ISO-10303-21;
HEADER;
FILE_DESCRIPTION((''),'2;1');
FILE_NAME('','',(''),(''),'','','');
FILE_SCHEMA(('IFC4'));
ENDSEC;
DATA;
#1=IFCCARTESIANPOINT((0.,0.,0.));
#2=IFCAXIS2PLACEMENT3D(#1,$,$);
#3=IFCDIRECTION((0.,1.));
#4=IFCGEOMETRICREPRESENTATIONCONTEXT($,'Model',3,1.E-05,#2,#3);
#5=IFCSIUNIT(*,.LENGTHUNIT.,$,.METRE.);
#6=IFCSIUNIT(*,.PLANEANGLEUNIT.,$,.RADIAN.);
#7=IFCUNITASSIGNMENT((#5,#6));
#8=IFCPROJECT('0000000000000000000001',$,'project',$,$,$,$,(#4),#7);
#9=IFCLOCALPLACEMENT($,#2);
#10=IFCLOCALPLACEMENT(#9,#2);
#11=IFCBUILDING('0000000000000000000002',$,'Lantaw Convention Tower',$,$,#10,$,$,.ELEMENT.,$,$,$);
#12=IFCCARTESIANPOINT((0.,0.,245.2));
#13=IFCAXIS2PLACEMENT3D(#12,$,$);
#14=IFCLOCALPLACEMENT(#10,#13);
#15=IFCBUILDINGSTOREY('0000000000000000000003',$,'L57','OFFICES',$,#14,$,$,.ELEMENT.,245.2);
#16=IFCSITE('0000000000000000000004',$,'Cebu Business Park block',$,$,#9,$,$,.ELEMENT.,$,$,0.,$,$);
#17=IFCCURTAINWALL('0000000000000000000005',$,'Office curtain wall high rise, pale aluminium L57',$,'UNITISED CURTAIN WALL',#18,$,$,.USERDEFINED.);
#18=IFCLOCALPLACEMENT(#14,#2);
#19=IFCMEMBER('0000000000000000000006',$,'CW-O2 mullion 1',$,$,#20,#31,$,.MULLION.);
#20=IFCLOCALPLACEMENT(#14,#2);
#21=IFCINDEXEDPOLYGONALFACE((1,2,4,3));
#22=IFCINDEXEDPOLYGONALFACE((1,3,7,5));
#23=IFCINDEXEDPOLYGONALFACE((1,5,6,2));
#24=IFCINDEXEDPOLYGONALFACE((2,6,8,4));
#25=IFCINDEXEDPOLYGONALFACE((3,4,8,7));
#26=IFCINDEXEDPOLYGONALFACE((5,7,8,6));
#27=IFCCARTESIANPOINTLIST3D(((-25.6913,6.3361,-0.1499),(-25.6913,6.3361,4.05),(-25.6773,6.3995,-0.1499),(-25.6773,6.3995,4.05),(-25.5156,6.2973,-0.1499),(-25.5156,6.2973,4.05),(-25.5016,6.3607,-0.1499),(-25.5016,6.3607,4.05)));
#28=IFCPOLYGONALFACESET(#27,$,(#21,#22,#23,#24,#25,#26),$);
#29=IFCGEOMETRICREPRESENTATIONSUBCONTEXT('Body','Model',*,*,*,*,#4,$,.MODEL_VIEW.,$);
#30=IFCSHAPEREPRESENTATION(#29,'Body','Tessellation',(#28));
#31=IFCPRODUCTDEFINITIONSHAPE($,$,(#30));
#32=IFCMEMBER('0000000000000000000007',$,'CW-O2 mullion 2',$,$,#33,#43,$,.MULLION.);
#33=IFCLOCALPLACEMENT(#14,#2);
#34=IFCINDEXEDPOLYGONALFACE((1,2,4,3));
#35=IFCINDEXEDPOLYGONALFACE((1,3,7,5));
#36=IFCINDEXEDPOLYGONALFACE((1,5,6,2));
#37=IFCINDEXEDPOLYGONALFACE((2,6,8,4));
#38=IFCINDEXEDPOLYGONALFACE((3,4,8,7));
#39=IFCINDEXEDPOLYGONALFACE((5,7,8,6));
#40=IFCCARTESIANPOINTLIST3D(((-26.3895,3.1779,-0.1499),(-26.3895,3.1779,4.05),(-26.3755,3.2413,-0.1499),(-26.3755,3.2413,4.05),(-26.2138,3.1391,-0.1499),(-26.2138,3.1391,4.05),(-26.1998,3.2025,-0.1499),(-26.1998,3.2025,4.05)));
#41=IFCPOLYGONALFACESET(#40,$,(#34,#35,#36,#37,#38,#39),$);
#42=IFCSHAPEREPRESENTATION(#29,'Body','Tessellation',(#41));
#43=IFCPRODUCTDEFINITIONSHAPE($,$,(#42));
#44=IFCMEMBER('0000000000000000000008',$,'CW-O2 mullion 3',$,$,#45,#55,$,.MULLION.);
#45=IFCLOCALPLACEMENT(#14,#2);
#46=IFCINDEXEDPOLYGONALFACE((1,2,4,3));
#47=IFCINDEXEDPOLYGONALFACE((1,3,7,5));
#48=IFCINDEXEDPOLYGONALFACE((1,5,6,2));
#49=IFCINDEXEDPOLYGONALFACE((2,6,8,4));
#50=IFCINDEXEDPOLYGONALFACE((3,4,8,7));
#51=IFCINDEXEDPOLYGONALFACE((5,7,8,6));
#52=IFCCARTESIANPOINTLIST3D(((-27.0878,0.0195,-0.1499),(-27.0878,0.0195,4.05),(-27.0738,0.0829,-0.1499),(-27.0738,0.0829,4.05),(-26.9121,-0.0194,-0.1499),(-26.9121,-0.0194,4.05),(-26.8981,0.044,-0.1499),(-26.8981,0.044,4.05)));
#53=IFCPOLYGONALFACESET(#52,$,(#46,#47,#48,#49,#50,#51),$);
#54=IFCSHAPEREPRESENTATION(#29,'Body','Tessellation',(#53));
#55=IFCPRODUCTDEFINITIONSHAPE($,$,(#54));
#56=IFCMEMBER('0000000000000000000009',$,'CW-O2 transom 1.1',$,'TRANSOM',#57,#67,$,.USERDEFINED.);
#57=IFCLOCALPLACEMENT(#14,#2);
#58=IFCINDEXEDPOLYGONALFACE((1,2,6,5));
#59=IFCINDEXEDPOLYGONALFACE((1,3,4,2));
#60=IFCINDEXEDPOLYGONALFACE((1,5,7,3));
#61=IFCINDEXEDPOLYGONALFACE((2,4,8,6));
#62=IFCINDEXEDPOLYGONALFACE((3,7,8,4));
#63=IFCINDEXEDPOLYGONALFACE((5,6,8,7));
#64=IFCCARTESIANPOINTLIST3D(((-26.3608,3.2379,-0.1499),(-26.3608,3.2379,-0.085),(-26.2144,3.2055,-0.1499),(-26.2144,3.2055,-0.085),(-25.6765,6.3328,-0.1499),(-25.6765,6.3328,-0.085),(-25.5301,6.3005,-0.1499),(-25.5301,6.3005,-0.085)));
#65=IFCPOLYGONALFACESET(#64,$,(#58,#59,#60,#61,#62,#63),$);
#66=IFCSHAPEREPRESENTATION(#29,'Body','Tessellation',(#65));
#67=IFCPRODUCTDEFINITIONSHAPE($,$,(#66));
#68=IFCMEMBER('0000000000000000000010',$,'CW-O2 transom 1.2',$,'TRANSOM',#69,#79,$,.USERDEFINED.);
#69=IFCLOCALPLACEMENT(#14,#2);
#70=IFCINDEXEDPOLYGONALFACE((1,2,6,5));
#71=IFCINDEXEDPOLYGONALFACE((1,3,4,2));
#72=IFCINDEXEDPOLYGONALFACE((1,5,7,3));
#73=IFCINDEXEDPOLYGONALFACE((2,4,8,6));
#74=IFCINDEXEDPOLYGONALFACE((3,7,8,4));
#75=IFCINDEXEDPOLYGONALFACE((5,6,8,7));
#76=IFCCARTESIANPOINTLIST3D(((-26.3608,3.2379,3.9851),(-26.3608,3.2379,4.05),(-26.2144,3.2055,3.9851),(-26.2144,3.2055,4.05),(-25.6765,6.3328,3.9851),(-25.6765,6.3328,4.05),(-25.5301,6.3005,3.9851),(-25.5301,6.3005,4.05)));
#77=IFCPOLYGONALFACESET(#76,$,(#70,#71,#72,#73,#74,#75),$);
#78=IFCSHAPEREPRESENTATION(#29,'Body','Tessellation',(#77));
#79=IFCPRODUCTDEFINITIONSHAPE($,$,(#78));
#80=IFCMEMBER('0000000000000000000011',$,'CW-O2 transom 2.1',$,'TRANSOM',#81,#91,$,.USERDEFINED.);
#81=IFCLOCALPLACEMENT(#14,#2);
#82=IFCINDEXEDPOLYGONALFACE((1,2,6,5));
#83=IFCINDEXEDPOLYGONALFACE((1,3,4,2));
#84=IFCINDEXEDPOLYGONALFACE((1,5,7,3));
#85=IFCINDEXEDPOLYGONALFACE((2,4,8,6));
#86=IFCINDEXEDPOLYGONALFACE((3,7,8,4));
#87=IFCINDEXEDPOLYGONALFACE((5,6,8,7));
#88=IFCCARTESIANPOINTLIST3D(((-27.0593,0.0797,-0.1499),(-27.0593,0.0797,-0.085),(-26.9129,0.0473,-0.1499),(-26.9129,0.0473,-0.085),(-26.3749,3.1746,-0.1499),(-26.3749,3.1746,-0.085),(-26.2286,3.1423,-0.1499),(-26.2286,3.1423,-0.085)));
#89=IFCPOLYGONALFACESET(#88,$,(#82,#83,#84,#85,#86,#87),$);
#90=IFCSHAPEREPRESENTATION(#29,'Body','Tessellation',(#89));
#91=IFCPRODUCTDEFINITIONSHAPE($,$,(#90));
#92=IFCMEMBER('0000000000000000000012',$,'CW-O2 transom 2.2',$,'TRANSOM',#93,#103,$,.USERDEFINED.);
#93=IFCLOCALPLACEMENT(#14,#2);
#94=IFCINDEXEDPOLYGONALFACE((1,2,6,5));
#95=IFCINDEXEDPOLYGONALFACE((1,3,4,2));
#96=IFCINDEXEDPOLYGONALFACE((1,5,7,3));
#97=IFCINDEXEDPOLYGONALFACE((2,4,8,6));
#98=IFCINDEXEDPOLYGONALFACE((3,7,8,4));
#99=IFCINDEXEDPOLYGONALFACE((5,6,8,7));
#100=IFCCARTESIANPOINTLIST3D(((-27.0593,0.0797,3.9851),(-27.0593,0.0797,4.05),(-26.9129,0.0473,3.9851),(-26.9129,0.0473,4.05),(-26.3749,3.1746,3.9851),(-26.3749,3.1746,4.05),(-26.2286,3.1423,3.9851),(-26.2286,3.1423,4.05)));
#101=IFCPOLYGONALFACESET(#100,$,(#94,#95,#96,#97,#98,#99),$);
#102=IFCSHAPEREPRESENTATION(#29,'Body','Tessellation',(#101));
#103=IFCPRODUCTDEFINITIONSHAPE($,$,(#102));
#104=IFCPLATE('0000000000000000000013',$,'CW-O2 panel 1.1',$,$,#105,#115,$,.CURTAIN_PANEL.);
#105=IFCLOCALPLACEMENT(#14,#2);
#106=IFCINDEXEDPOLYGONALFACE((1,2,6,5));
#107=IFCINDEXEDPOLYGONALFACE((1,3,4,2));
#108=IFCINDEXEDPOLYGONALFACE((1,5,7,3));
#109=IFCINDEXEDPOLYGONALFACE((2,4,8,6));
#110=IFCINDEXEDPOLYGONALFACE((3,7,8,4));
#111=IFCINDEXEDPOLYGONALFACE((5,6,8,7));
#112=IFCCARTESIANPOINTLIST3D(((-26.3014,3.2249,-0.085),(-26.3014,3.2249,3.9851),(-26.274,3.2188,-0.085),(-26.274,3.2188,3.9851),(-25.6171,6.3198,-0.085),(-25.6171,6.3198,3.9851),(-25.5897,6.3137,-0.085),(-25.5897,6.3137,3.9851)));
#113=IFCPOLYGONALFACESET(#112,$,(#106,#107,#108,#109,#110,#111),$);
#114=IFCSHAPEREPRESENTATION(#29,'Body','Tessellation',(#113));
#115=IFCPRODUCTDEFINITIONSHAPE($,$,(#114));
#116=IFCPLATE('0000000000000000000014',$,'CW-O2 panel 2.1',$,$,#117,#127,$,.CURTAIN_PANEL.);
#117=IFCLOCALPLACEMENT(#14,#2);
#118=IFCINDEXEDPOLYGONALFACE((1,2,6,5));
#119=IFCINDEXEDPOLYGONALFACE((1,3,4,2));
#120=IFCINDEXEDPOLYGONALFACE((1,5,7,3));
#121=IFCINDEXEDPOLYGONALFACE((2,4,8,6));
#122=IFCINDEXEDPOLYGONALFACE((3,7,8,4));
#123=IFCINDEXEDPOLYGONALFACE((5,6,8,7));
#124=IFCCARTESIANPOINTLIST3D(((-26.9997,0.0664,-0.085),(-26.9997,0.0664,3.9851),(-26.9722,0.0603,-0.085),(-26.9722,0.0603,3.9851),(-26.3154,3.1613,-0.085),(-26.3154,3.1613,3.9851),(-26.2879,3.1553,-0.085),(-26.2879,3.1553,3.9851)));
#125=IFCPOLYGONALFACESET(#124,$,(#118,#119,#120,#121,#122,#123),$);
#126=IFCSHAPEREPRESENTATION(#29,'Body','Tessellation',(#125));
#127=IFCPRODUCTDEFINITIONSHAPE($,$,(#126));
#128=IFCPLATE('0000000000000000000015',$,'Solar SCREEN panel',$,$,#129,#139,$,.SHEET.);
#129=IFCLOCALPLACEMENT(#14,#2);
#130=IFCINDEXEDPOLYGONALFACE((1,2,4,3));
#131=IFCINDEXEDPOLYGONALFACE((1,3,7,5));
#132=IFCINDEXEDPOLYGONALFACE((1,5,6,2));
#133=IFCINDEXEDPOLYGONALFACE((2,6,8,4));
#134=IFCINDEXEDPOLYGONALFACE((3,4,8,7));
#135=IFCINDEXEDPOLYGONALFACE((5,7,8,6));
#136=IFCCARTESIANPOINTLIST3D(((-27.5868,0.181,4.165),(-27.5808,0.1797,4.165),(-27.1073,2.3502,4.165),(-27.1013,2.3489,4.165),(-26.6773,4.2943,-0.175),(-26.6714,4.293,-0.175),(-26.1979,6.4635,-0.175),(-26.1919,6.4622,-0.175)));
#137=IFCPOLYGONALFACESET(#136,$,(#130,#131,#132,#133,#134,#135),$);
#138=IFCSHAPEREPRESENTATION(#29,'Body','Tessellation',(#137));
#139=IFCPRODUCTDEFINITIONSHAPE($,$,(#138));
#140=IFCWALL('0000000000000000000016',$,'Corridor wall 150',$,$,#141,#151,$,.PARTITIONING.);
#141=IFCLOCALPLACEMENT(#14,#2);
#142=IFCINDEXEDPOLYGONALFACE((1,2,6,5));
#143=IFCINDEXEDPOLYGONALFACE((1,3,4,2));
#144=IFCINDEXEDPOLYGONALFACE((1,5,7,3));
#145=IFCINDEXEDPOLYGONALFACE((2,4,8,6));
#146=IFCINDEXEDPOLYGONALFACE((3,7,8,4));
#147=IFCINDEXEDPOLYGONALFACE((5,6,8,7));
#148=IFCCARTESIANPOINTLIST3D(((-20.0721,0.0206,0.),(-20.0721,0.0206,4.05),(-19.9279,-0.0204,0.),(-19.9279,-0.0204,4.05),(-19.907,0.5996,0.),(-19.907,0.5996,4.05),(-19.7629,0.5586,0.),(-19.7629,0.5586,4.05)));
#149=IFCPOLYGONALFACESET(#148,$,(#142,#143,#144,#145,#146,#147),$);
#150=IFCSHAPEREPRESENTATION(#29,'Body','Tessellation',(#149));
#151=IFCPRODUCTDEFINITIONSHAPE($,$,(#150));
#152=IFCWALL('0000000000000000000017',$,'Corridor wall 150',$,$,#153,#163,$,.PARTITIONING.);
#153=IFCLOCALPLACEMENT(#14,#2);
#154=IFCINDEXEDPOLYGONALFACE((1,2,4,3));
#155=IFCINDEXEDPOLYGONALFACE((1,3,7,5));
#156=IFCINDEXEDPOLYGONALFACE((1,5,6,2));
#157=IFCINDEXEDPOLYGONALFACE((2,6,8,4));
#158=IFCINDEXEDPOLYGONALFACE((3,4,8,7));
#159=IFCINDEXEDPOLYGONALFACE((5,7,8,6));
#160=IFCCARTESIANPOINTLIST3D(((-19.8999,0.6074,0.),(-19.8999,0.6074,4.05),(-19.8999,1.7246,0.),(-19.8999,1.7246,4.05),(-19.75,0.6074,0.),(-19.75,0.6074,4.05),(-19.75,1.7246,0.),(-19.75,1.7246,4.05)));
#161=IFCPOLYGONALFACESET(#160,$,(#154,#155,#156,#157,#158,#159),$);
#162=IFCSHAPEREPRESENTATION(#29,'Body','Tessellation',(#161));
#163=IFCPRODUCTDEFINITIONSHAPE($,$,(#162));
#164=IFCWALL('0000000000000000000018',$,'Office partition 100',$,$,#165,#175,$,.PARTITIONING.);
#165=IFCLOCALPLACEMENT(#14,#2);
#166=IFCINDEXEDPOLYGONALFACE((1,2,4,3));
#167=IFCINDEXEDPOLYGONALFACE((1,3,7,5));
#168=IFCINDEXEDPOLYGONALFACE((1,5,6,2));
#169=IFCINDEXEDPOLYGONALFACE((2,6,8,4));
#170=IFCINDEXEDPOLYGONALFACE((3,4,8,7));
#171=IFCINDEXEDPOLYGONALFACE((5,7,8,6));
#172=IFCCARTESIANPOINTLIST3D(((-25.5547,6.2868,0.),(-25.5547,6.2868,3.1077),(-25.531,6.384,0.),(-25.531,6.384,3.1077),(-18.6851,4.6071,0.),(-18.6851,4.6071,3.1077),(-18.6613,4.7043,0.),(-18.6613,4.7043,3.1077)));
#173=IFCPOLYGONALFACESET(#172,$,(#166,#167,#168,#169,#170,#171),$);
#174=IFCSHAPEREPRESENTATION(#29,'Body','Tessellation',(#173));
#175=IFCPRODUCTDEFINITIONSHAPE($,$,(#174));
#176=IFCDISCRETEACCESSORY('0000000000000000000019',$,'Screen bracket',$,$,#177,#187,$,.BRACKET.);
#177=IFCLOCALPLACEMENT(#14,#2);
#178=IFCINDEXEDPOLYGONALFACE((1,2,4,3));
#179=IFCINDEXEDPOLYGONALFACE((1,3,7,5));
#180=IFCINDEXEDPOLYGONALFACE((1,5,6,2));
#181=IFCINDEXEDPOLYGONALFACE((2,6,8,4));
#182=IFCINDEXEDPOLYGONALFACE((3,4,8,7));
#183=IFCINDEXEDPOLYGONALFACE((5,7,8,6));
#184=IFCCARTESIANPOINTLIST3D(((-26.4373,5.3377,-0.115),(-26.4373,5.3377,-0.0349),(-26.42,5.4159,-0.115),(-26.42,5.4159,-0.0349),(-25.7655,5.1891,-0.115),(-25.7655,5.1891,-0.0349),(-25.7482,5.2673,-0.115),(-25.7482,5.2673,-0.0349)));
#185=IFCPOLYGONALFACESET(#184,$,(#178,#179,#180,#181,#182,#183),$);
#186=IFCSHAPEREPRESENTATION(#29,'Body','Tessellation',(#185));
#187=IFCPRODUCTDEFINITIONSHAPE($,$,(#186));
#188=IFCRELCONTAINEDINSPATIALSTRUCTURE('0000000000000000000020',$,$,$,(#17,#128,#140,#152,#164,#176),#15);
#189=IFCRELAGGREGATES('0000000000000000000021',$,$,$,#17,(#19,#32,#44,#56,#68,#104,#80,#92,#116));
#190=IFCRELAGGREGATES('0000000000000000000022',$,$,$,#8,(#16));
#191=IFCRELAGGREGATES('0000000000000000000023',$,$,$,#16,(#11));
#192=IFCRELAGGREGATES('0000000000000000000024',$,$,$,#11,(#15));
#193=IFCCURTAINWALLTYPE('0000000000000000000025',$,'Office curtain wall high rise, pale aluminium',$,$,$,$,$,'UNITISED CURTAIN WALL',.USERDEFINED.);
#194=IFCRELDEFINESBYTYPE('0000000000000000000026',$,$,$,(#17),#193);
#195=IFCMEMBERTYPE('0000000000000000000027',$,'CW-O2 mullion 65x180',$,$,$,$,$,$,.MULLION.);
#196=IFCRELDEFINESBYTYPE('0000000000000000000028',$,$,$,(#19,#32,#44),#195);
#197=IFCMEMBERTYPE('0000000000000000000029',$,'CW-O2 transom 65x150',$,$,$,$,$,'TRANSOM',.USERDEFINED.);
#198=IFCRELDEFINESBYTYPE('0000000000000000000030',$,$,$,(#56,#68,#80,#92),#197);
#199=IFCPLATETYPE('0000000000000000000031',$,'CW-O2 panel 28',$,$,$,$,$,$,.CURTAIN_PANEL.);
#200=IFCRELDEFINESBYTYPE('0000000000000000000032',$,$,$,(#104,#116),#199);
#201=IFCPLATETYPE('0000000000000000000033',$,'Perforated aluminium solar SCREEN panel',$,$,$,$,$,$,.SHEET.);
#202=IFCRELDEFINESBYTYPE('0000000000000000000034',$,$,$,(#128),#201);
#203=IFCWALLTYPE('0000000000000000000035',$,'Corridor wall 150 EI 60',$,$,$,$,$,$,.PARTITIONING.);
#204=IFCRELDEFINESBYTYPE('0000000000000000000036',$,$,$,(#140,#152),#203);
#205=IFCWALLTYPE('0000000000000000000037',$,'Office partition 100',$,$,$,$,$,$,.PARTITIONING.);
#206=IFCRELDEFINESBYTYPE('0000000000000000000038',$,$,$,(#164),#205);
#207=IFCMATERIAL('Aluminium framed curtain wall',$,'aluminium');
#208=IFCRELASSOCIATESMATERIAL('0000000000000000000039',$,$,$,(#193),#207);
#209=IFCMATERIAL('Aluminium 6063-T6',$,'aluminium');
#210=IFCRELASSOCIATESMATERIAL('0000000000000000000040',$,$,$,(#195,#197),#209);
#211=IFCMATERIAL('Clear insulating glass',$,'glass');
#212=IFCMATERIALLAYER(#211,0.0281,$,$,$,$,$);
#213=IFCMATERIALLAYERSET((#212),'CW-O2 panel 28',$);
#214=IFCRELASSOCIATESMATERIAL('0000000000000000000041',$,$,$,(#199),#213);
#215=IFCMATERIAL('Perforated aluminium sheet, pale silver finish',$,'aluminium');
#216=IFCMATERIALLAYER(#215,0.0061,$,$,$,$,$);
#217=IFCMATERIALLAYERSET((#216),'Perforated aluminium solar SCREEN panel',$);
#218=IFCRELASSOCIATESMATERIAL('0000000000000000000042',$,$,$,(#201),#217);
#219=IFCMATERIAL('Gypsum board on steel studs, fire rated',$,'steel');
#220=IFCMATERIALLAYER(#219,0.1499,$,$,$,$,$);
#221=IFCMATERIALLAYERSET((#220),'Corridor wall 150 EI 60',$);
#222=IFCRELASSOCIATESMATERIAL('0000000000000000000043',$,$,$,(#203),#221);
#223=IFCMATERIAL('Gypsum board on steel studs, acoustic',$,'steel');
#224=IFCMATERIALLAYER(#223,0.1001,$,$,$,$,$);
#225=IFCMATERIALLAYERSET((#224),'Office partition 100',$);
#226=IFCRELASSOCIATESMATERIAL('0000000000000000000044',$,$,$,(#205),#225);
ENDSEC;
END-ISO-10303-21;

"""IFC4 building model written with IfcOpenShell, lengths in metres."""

from ifc_helpers import new_model, si_unit, direction, frame, frame_2d, origin, origin_2d, place, context, subcontext, project, spatial, polyline, rectangle, outline, extrude, material, layer, layer_set, material_profile, profile_set, type_object, element, aggregate, save


model = new_model("IFC4")

# Units and contexts
model_context = context("Model", 3, precision=1e-05, world=origin(), true_north=direction((0.0, 1.0)))
body_context = subcontext(model_context, "Body", "Model", "MODEL_VIEW")
ifc_project = project(units=[si_unit("LENGTHUNIT", "METRE"), si_unit("PLANEANGLEUNIT", "RADIAN")], contexts=[model_context])

# Site, building, storey
site_placement = place(None, origin())
site = spatial("IfcSite", under=ifc_project, at=site_placement, Name="Cebu Business Park block", CompositionType="ELEMENT", RefElevation=0.0)
building_placement = place(site_placement, origin())
building = spatial("IfcBuilding", under=site, at=building_placement, Name="Lantaw Convention Tower", CompositionType="ELEMENT")
storey_placement = place(building_placement, frame((0.0, 0.0, 245.2)))
storey = spatial("IfcBuildingStorey", under=building, at=storey_placement, Name="L57", Description="OFFICES", CompositionType="ELEMENT", Elevation=245.2)

# Shared definitions
ifc_material_1 = material(Name="Aluminium framed curtain wall", Category="aluminium")
curtain_wall_type = type_object("IfcCurtainWallType", Name="Office curtain wall high rise, pale aluminium", ElementType="UNITISED CURTAIN WALL", PredefinedType="USERDEFINED", material=ifc_material_1)
ifc_material_2 = material(Name="Aluminium 6063-T6", Category="aluminium")
ifc_material_profile_1 = material_profile(ifc_material_2, rectangle(XDim=0.1799, YDim=0.0649, at=origin_2d()), Name="CW-O2 mullion 65x180")
ifc_profile_set_1 = profile_set([ifc_material_profile_1], Name="Aluminium 6063-T6")
member_type_1 = type_object("IfcMemberType", Name="CW-O2 mullion 65x180", PredefinedType="MULLION", material=ifc_profile_set_1)

# Curtain wall, members, plates
curtain_wall_1_placement = place(storey_placement, origin())
curtain_wall_1 = element("IfcCurtainWall", 1, at=curtain_wall_1_placement, inside=storey, type_object=curtain_wall_type, Name="Office curtain wall high rise, pale aluminium L57", ObjectType="UNITISED CURTAIN WALL", PredefinedType="USERDEFINED")
member_1_placement = place(storey_placement, frame((-25.5964, 6.3484, -0.1499), z_axis=(0.0, 0.0, 1.0), x_axis=(0.976417, -0.215891, 0.0)))
member_1 = element("IfcMember", 2, at=member_1_placement, type_object=member_type_1, Name="CW-O2 mullion 1", PredefinedType="MULLION", context=body_context, shape_type="SweptSolid", body=[
    extrude(rectangle(XDim=0.1799, YDim=0.0649, at=origin_2d()), origin(), (0.0, 0.0, 1.0), 4.2),
])
member_2_placement = place(storey_placement, frame((-26.2947, 3.1902, -0.1499), z_axis=(0.0, 0.0, 1.0), x_axis=(0.976417, -0.215891, 0.0)))
member_2 = element("IfcMember", 3, at=member_2_placement, type_object=member_type_1, Name="CW-O2 mullion 2", PredefinedType="MULLION", context=body_context, shape_type="SweptSolid", body=[
    extrude(rectangle(XDim=0.1799, YDim=0.0649, at=origin_2d()), origin(), (0.0, 0.0, 1.0), 4.2),
])
member_3_placement = place(storey_placement, frame((-26.9929, 0.0317, -0.1499), z_axis=(0.0, 0.0, 1.0), x_axis=(0.976417, -0.215891, 0.0)))
member_3 = element("IfcMember", 4, at=member_3_placement, type_object=member_type_1, Name="CW-O2 mullion 3", PredefinedType="MULLION", context=body_context, shape_type="SweptSolid", body=[
    extrude(rectangle(XDim=0.1799, YDim=0.0649, at=origin_2d()), origin(), (0.0, 0.0, 1.0), 4.2),
])
ifc_material_profile_2 = material_profile(ifc_material_2, rectangle(XDim=0.1499, YDim=0.0649, at=origin_2d()), Name="CW-O2 transom 65x150")
ifc_profile_set_2 = profile_set([ifc_material_profile_2], Name="Aluminium 6063-T6")
member_type_2 = type_object("IfcMemberType", Name="CW-O2 transom 65x150", ElementType="TRANSOM", PredefinedType="USERDEFINED", material=ifc_profile_set_2)
member_4_placement = place(storey_placement, frame((-25.6033, 6.3167, -0.1174), z_axis=(-0.215895, -0.976417, 0.0), x_axis=(0.976417, -0.215895, 0.0)))
member_4 = element("IfcMember", 5, at=member_4_placement, type_object=member_type_2, Name="CW-O2 transom 1.1", ObjectType="TRANSOM", PredefinedType="USERDEFINED", context=body_context, shape_type="SweptSolid", body=[
    extrude(rectangle(XDim=0.1499, YDim=0.0649, at=origin_2d()), origin(), (0.0, 0.0, 1.0), 3.1697),
])
member_5_placement = place(storey_placement, frame((-25.6033, 6.3167, 4.0176), z_axis=(-0.215895, -0.976417, 0.0), x_axis=(0.976417, -0.215895, 0.0)))
member_5 = element("IfcMember", 6, at=member_5_placement, type_object=member_type_2, Name="CW-O2 transom 1.2", ObjectType="TRANSOM", PredefinedType="USERDEFINED", context=body_context, shape_type="SweptSolid", body=[
    extrude(rectangle(XDim=0.1499, YDim=0.0649, at=origin_2d()), origin(), (0.0, 0.0, 1.0), 3.1697),
])
member_6_placement = place(storey_placement, frame((-26.3018, 3.1584, -0.1174), z_axis=(-0.215895, -0.976417, 0.0), x_axis=(0.976417, -0.215895, 0.0)))
member_6 = element("IfcMember", 7, at=member_6_placement, type_object=member_type_2, Name="CW-O2 transom 2.1", ObjectType="TRANSOM", PredefinedType="USERDEFINED", context=body_context, shape_type="SweptSolid", body=[
    extrude(rectangle(XDim=0.1499, YDim=0.0649, at=origin_2d()), origin(), (0.0, 0.0, 1.0), 3.1697),
])
member_7_placement = place(storey_placement, frame((-26.3018, 3.1584, 4.0176), z_axis=(-0.215895, -0.976417, 0.0), x_axis=(0.976417, -0.215895, 0.0)))
member_7 = element("IfcMember", 8, at=member_7_placement, type_object=member_type_2, Name="CW-O2 transom 2.2", ObjectType="TRANSOM", PredefinedType="USERDEFINED", context=body_context, shape_type="SweptSolid", body=[
    extrude(rectangle(XDim=0.1499, YDim=0.0649, at=origin_2d()), origin(), (0.0, 0.0, 1.0), 3.1697),
])
ifc_material_3 = material(Name="Clear insulating glass", Category="glass")
ifc_layer_1 = layer(ifc_material_3, 0.0281)
ifc_layer_set_1 = layer_set([ifc_layer_1], Name="CW-O2 panel 28")
plate_type_1 = type_object("IfcPlateType", Name="CW-O2 panel 28", PredefinedType="CURTAIN_PANEL", material=ifc_layer_set_1)
plate_1_placement = place(storey_placement, frame((-25.9456, 4.7693, -0.085), z_axis=(0.0, 0.0, 1.0), x_axis=(-0.215891, -0.976417, 0.0)))
plate_1 = element("IfcPlate", 9, at=plate_1_placement, type_object=plate_type_1, Name="CW-O2 panel 1.1", PredefinedType="CURTAIN_PANEL", context=body_context, shape_type="SweptSolid", body=[
    extrude(rectangle(XDim=3.1697, YDim=0.0281, at=origin_2d()), origin(), (0.0, 0.0, 1.0), 4.0701),
])
plate_2_placement = place(storey_placement, frame((-26.6438, 1.6108, -0.085), z_axis=(0.0, 0.0, 1.0), x_axis=(-0.215891, -0.976417, 0.0)))
plate_2 = element("IfcPlate", 10, at=plate_2_placement, type_object=plate_type_1, Name="CW-O2 panel 2.1", PredefinedType="CURTAIN_PANEL", context=body_context, shape_type="SweptSolid", body=[
    extrude(rectangle(XDim=3.1697, YDim=0.0281, at=origin_2d()), origin(), (0.0, 0.0, 1.0), 4.0701),
])
aggregate(curtain_wall_1, [member_1, member_2, member_3, member_4, member_5, plate_1, member_6, member_7, plate_2])

# Plate
ifc_material_4 = material(Name="Perforated aluminium sheet, pale silver finish", Category="aluminium")
ifc_layer_2 = layer(ifc_material_4, 0.0061)
ifc_layer_set_2 = layer_set([ifc_layer_2], Name="Perforated aluminium solar SCREEN panel")
plate_type_2 = type_object("IfcPlateType", Name="Perforated aluminium solar SCREEN panel", PredefinedType="SHEET", material=ifc_layer_set_2)
plate_3_placement = place(storey_placement, frame((-26.1919, 6.4622, -0.175), z_axis=(0.97643, -0.215837, 0.000044), x_axis=(-0.215837, -0.97643, 0.0)))
element("IfcPlate", 11, at=plate_3_placement, inside=storey, type_object=plate_type_2, Name="Solar SCREEN panel", PredefinedType="SHEET", context=body_context, shape_type="SweptSolid", body=[
    extrude(outline(polyline([(0.0, 0.0), (2.2216, 0.0), (6.4342, -4.3401), (4.2126, -4.3401), (0.0, 0.0)])), origin(), (0.0, 0.0, -1.0), 0.0061),
])

# Walls
ifc_material_5 = material(Name="Gypsum board on steel studs, fire rated", Category="steel")
ifc_layer_3 = layer(ifc_material_5, 0.1499)
ifc_layer_set_3 = layer_set([ifc_layer_3], Name="Corridor wall 150 EI 60")
wall_type_1 = type_object("IfcWallType", Name="Corridor wall 150 EI 60", PredefinedType="PARTITIONING", material=ifc_layer_set_3)
wall_1_placement = place(storey_placement, frame((-19.835, 0.5791, 0.0), z_axis=(0.0, 0.0, 1.0), x_axis=(-0.274078, -0.961707, 0.0)))
element("IfcWall", 12, at=wall_1_placement, inside=storey, type_object=wall_type_1, Name="Corridor wall 150", PredefinedType="PARTITIONING", context=body_context, shape_type="SweptSolid", body=[
    extrude(rectangle(XDim=0.6021, YDim=0.1499, at=frame_2d((0.301, 0.0))), origin(), (0.0, 0.0, 1.0), 4.05),
])
wall_2_placement = place(storey_placement, frame((-19.825, 0.6074, 0.0), z_axis=(0.0, 0.0, 1.0), x_axis=(0.0, 1.0, 0.0)))
element("IfcWall", 13, at=wall_2_placement, inside=storey, type_object=wall_type_1, Name="Corridor wall 150", PredefinedType="PARTITIONING", context=body_context, shape_type="SweptSolid", body=[
    extrude(rectangle(XDim=1.1172, YDim=0.1499, at=frame_2d((0.5586, 0.0))), origin(), (0.0, 0.0, 1.0), 4.05),
])
ifc_material_6 = material(Name="Gypsum board on steel studs, acoustic", Category="steel")
ifc_layer_4 = layer(ifc_material_6, 0.1001)
ifc_layer_set_4 = layer_set([ifc_layer_4], Name="Office partition 100")
wall_type_2 = type_object("IfcWallType", Name="Office partition 100", PredefinedType="PARTITIONING", material=ifc_layer_set_4)
wall_3_placement = place(storey_placement, frame((-25.543, 6.3354, 0.0), z_axis=(0.0, 0.0, 1.0), x_axis=(0.971384, -0.237512, 0.0)))
element("IfcWall", 14, at=wall_3_placement, inside=storey, type_object=wall_type_2, Name="Office partition 100", PredefinedType="PARTITIONING", context=body_context, shape_type="SweptSolid", body=[
    extrude(rectangle(XDim=7.072, YDim=0.1001, at=frame_2d((3.5361, 0.0))), origin(), (0.0, 0.0, 1.0), 3.1077),
])

# Discrete accessory
discrete_accessory_placement = place(storey_placement, frame((-26.0928, 5.3025, -0.115), z_axis=(0.0, 0.0, 1.0), x_axis=(-0.215891, -0.976417, 0.0)))
element("IfcDiscreteAccessory", 15, at=discrete_accessory_placement, inside=storey, Name="Screen bracket", PredefinedType="BRACKET", context=body_context, shape_type="SweptSolid", body=[
    extrude(rectangle(XDim=0.0801, YDim=0.688, at=origin_2d()), origin(), (0.0, 0.0, 1.0), 0.0801),
])

save(model, "model.ifc")
